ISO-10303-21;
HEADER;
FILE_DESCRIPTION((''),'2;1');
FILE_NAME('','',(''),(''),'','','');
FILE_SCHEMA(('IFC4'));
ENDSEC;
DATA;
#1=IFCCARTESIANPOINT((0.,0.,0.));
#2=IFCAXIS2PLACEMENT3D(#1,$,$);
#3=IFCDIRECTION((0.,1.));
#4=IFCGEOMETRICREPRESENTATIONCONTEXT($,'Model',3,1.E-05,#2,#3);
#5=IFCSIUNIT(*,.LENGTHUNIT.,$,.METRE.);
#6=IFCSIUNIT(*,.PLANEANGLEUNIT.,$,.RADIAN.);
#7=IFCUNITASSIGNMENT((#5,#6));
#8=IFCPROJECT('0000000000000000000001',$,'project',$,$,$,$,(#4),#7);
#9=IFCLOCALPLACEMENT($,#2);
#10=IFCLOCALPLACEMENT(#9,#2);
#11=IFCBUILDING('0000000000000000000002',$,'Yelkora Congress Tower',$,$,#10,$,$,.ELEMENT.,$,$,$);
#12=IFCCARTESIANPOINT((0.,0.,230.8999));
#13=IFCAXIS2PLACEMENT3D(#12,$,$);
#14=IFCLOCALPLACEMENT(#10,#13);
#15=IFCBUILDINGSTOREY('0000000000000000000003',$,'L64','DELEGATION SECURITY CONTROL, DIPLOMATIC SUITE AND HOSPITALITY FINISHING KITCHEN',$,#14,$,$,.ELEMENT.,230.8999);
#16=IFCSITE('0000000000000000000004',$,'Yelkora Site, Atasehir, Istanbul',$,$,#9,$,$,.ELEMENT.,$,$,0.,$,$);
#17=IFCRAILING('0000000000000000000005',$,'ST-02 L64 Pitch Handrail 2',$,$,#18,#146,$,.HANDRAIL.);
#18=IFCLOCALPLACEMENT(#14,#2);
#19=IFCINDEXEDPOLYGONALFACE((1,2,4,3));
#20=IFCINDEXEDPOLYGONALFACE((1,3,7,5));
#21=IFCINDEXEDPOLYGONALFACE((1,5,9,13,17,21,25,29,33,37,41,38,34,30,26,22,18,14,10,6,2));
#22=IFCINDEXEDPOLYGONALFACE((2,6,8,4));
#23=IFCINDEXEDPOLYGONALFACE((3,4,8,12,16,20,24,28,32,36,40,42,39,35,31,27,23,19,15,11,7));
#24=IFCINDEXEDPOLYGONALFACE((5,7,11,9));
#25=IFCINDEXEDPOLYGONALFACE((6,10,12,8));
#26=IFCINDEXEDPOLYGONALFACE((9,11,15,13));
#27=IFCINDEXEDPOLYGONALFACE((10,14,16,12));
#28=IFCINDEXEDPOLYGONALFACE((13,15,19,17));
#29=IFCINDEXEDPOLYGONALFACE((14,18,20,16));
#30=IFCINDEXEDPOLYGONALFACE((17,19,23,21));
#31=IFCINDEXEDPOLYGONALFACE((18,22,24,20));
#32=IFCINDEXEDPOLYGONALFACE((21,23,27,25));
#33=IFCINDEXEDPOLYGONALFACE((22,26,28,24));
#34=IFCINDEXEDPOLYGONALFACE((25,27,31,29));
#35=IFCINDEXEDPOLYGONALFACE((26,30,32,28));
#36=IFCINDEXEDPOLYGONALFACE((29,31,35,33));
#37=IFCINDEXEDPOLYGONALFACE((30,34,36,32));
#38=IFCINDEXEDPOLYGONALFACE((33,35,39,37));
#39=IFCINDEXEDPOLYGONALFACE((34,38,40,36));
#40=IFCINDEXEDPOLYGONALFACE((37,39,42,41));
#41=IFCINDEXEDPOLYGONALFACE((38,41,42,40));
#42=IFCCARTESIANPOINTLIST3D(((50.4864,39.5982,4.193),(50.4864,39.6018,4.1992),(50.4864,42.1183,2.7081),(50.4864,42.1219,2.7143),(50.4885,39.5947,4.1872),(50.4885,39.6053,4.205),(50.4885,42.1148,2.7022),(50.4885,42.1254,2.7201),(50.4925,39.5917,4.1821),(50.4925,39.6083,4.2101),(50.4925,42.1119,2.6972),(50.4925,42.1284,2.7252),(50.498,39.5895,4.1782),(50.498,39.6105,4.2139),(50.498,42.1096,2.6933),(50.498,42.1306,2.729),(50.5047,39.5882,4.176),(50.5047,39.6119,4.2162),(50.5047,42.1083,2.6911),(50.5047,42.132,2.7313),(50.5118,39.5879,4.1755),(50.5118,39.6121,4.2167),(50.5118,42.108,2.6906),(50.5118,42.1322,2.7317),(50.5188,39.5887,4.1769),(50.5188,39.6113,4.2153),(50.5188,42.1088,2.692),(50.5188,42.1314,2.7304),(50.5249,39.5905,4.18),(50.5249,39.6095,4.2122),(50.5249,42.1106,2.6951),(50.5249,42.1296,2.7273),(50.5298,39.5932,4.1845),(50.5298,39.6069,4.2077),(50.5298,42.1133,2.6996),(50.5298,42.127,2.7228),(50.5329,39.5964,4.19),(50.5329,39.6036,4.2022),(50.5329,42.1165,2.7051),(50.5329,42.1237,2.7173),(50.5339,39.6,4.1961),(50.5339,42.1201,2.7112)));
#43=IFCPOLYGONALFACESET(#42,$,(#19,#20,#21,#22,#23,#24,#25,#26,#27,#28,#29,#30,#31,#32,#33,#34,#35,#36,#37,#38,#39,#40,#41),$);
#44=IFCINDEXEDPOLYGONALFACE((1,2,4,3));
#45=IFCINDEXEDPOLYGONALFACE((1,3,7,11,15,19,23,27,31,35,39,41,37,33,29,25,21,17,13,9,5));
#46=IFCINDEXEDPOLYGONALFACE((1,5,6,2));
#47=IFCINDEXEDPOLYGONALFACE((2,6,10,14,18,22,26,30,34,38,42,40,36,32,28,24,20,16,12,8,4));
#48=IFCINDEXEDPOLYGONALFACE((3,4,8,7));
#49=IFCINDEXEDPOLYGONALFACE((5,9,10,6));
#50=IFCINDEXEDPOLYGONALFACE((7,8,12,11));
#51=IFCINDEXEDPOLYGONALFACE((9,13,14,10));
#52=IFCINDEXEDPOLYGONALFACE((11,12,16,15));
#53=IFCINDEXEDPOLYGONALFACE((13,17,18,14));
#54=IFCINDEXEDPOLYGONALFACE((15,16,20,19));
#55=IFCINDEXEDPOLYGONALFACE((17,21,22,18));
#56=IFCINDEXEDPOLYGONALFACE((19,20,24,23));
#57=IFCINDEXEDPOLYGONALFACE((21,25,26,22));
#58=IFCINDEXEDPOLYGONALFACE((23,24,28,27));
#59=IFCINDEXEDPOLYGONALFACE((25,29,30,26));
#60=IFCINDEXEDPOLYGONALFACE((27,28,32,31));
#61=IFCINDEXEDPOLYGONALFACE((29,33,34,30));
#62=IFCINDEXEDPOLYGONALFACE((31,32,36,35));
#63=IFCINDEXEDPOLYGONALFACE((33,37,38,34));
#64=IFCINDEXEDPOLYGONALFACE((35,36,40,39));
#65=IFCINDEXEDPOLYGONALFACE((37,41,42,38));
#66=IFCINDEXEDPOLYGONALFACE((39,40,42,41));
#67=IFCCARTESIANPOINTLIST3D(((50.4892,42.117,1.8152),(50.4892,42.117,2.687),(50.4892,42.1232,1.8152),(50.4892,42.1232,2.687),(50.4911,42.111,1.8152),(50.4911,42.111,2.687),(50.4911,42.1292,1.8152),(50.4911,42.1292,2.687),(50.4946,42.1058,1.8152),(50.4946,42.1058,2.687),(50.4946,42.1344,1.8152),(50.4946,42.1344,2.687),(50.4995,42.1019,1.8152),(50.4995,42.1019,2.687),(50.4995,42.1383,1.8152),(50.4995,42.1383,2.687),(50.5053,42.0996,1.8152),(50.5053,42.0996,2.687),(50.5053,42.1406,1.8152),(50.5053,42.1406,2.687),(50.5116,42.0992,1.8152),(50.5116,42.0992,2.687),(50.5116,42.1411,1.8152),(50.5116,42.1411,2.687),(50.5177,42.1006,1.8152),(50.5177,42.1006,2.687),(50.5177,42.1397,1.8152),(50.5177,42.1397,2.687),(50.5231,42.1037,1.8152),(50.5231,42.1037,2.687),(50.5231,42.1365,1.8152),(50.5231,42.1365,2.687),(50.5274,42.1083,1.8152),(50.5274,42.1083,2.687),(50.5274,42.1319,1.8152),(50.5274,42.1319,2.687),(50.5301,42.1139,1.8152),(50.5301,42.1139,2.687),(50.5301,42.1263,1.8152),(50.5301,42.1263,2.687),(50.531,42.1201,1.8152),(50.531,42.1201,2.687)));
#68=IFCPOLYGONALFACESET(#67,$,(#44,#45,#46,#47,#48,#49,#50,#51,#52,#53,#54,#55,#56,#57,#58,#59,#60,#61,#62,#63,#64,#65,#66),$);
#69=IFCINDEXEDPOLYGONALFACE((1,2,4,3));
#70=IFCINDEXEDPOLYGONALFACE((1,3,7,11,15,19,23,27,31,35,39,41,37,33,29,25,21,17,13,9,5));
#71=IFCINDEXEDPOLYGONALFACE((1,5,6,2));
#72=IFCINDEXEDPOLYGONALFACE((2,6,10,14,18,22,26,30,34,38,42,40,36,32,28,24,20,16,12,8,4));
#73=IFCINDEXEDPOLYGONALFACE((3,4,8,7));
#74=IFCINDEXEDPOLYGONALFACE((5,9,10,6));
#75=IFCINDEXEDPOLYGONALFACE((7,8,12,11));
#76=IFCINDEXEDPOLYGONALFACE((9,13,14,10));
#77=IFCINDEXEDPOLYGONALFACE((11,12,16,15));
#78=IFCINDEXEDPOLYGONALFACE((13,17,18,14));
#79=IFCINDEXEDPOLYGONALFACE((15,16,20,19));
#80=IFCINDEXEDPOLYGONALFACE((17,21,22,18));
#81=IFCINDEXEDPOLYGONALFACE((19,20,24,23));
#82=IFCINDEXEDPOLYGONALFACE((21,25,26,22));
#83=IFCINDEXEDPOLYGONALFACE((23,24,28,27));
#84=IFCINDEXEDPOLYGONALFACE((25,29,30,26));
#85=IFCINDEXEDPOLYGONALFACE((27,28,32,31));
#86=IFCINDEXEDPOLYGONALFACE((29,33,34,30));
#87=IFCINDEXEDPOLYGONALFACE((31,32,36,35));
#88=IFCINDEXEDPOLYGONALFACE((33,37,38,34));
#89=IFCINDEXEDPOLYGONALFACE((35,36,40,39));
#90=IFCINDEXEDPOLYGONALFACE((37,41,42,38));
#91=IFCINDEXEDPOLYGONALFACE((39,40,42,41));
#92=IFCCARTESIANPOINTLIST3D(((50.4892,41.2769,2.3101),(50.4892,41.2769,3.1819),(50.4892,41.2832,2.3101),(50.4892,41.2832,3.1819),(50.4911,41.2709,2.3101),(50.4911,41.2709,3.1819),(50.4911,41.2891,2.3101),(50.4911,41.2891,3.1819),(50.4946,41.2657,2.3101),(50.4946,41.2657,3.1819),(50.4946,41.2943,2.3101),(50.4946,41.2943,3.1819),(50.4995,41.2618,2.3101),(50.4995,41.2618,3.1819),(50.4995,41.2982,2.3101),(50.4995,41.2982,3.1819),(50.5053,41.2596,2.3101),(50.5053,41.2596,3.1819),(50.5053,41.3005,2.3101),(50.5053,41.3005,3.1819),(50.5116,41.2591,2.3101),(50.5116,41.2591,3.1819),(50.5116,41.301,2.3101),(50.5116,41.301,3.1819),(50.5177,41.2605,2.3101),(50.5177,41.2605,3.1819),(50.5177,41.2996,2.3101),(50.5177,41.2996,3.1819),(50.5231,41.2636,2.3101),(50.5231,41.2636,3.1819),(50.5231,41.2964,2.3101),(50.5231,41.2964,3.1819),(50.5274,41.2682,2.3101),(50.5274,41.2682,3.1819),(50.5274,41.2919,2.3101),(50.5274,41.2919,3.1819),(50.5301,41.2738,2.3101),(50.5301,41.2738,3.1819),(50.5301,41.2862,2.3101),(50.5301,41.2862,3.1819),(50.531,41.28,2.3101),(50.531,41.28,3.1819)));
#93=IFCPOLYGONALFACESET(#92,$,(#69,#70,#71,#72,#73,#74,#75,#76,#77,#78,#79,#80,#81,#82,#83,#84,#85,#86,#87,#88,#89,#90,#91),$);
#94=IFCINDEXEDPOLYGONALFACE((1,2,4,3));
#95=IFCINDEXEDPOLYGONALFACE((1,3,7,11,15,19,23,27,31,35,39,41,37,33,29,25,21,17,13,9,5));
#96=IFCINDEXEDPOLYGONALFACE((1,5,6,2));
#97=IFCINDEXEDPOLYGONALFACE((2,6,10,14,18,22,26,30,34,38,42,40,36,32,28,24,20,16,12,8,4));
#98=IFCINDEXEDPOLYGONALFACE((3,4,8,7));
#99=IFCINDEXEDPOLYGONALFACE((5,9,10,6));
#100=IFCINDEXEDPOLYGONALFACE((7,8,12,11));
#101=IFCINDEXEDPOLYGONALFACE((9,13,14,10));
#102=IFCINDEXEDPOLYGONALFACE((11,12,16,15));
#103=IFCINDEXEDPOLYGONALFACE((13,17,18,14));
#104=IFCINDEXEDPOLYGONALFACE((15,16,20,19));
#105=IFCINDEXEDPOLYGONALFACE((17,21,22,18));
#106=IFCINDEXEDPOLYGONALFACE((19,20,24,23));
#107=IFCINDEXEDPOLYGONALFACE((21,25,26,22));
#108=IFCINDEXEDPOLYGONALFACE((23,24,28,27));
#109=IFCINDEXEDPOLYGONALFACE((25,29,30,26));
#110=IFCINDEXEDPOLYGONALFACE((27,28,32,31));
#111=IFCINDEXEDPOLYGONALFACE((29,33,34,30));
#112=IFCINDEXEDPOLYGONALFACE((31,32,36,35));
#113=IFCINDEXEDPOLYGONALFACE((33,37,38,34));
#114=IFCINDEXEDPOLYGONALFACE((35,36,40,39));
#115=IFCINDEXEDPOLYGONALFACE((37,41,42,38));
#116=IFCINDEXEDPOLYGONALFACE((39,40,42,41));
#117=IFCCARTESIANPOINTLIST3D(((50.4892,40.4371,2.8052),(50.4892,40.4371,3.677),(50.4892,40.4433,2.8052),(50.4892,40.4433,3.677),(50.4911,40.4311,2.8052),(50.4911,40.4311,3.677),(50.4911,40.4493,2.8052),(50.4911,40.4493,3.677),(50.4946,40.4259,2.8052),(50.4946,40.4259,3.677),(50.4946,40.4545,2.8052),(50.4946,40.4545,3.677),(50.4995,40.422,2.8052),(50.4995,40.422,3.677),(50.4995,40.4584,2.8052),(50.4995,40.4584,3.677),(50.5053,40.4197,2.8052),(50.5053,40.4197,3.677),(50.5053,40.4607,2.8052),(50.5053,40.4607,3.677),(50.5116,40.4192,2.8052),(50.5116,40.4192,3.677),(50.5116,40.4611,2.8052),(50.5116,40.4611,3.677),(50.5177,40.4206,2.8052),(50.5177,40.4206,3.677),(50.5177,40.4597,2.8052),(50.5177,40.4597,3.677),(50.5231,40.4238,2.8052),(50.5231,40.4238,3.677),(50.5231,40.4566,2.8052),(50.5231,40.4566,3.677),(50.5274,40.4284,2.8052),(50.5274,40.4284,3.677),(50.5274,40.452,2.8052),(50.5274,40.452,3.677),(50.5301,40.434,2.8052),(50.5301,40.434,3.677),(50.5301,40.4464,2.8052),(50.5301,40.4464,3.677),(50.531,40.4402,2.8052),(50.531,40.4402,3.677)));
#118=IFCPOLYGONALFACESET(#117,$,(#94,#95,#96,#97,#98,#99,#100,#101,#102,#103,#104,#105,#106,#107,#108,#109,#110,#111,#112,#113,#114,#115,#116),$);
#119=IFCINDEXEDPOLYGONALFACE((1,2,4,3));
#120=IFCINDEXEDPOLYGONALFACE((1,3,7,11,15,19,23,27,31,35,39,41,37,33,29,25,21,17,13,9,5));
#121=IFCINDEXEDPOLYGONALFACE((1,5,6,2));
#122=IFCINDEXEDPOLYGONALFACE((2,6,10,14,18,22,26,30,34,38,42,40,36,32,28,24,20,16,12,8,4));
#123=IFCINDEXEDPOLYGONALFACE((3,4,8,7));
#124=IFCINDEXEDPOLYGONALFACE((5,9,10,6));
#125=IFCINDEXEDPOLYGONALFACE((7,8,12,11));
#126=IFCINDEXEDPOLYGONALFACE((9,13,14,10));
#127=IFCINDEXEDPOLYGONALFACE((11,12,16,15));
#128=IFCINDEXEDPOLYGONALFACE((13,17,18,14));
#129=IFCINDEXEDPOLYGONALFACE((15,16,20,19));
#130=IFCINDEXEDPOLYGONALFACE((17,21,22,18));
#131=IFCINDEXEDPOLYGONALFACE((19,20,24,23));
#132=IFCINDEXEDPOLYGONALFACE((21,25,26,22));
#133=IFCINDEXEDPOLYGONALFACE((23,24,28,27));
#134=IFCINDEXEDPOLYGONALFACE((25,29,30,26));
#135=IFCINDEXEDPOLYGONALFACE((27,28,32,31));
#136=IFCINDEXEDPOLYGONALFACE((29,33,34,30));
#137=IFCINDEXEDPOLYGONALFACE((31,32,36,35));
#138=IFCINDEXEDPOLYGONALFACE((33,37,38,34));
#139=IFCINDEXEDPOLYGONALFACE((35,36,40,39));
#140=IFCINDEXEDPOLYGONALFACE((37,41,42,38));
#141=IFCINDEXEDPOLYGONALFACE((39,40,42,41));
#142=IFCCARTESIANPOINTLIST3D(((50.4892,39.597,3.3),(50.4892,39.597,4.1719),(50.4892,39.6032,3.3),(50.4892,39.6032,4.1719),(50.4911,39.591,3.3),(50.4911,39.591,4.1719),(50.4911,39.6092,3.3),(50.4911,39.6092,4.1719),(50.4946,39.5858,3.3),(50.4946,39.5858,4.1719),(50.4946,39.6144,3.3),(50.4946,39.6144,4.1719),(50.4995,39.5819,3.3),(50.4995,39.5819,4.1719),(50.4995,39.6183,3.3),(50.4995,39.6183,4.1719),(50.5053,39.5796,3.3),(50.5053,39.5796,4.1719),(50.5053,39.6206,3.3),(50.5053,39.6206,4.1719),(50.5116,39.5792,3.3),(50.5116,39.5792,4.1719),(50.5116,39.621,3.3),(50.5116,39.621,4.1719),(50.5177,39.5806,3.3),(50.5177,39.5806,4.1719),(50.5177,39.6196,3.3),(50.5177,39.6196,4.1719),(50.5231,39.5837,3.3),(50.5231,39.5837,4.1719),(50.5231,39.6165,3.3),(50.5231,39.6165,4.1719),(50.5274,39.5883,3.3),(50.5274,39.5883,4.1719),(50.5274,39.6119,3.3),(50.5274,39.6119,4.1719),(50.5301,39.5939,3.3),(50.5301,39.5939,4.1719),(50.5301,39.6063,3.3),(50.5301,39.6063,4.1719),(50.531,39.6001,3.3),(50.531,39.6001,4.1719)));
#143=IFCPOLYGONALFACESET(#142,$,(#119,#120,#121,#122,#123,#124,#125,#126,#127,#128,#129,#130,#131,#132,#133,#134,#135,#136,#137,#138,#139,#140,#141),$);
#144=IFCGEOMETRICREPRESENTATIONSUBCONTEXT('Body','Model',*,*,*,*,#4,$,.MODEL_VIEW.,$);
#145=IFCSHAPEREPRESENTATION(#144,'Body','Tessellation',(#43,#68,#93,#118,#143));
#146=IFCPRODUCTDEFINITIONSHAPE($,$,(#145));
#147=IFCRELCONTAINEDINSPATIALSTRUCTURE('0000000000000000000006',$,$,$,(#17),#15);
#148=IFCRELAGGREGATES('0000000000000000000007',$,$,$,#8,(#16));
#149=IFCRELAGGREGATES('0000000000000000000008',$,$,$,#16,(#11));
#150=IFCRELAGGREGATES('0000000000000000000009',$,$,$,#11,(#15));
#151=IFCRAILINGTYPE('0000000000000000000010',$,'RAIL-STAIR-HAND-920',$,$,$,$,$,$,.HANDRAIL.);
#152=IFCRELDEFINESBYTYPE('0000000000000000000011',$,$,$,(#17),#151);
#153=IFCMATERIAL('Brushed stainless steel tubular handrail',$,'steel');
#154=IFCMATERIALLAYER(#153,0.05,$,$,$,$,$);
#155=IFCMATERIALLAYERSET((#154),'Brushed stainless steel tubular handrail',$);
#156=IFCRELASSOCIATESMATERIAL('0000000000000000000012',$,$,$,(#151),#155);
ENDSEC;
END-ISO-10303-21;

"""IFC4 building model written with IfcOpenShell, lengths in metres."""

from ifc_helpers import new_model, si_unit, direction, frame, origin, origin_2d, place, context, subcontext, project, spatial, circle, extrude, material, layer, layer_set, type_object, element, save


model = new_model("IFC4")

# Units and contexts
model_context = context("Model", 3, precision=1e-05, world=origin(), true_north=direction((0.0, 1.0)))
body_context = subcontext(model_context, "Body", "Model", "MODEL_VIEW")
ifc_project = project(units=[si_unit("LENGTHUNIT", "METRE"), si_unit("PLANEANGLEUNIT", "RADIAN")], contexts=[model_context])

# Site, building, storey
site_placement = place(None, origin())
site = spatial("IfcSite", under=ifc_project, at=site_placement, Name="Yelkora Site, Atasehir, Istanbul", CompositionType="ELEMENT", RefElevation=0.0)
building_placement = place(site_placement, origin())
building = spatial("IfcBuilding", under=site, at=building_placement, Name="Yelkora Congress Tower", CompositionType="ELEMENT")
storey_placement = place(building_placement, frame((0.0, 0.0, 230.8999)))
storey = spatial("IfcBuildingStorey", under=building, at=storey_placement, Name="L64", Description="DELEGATION SECURITY CONTROL, DIPLOMATIC SUITE AND HOSPITALITY FINISHING KITCHEN", CompositionType="ELEMENT", Elevation=230.8999)

# Railing
ifc_material_1 = material(Name="Brushed stainless steel tubular handrail", Category="steel")
ifc_layer_1 = layer(ifc_material_1, 0.05)
ifc_layer_set_1 = layer_set([ifc_layer_1], Name="Brushed stainless steel tubular handrail")
railing_type_1 = type_object("IfcRailingType", Name="RAIL-STAIR-HAND-920", PredefinedType="HANDRAIL", material=ifc_layer_set_1)
railing_1_placement = place(storey_placement, frame((50.51, 42.1201, 1.8152)))
element("IfcRailing", 1, at=railing_1_placement, inside=storey, type_object=railing_type_1, Name="ST-02 L64 Pitch Handrail 2", PredefinedType="HANDRAIL", context=body_context, shape_type="SweptSolid", body=[
    extrude(circle(Radius=0.0239, at=origin_2d()), frame((0.0, 0.0, 0.896), z_axis=(0.0, -0.861561, 0.507655), x_axis=(1.0, 0.0, 0.0)), (0.0, 0.0, 1.0), 2.925),
    extrude(circle(Radius=0.021, at=origin_2d()), origin(), (0.0, 0.0, 1.0), 0.8718),
    extrude(circle(Radius=0.021, at=origin_2d()), frame((0.0, -0.8401, 0.4949)), (0.0, 0.0, 1.0), 0.8718),
    extrude(circle(Radius=0.021, at=origin_2d()), frame((0.0, -1.6799, 0.99)), (0.0, 0.0, 1.0), 0.8718),
    extrude(circle(Radius=0.021, at=origin_2d()), frame((0.0, -2.52, 1.4849)), (0.0, 0.0, 1.0), 0.8718),
])

save(model, "model.ifc")
